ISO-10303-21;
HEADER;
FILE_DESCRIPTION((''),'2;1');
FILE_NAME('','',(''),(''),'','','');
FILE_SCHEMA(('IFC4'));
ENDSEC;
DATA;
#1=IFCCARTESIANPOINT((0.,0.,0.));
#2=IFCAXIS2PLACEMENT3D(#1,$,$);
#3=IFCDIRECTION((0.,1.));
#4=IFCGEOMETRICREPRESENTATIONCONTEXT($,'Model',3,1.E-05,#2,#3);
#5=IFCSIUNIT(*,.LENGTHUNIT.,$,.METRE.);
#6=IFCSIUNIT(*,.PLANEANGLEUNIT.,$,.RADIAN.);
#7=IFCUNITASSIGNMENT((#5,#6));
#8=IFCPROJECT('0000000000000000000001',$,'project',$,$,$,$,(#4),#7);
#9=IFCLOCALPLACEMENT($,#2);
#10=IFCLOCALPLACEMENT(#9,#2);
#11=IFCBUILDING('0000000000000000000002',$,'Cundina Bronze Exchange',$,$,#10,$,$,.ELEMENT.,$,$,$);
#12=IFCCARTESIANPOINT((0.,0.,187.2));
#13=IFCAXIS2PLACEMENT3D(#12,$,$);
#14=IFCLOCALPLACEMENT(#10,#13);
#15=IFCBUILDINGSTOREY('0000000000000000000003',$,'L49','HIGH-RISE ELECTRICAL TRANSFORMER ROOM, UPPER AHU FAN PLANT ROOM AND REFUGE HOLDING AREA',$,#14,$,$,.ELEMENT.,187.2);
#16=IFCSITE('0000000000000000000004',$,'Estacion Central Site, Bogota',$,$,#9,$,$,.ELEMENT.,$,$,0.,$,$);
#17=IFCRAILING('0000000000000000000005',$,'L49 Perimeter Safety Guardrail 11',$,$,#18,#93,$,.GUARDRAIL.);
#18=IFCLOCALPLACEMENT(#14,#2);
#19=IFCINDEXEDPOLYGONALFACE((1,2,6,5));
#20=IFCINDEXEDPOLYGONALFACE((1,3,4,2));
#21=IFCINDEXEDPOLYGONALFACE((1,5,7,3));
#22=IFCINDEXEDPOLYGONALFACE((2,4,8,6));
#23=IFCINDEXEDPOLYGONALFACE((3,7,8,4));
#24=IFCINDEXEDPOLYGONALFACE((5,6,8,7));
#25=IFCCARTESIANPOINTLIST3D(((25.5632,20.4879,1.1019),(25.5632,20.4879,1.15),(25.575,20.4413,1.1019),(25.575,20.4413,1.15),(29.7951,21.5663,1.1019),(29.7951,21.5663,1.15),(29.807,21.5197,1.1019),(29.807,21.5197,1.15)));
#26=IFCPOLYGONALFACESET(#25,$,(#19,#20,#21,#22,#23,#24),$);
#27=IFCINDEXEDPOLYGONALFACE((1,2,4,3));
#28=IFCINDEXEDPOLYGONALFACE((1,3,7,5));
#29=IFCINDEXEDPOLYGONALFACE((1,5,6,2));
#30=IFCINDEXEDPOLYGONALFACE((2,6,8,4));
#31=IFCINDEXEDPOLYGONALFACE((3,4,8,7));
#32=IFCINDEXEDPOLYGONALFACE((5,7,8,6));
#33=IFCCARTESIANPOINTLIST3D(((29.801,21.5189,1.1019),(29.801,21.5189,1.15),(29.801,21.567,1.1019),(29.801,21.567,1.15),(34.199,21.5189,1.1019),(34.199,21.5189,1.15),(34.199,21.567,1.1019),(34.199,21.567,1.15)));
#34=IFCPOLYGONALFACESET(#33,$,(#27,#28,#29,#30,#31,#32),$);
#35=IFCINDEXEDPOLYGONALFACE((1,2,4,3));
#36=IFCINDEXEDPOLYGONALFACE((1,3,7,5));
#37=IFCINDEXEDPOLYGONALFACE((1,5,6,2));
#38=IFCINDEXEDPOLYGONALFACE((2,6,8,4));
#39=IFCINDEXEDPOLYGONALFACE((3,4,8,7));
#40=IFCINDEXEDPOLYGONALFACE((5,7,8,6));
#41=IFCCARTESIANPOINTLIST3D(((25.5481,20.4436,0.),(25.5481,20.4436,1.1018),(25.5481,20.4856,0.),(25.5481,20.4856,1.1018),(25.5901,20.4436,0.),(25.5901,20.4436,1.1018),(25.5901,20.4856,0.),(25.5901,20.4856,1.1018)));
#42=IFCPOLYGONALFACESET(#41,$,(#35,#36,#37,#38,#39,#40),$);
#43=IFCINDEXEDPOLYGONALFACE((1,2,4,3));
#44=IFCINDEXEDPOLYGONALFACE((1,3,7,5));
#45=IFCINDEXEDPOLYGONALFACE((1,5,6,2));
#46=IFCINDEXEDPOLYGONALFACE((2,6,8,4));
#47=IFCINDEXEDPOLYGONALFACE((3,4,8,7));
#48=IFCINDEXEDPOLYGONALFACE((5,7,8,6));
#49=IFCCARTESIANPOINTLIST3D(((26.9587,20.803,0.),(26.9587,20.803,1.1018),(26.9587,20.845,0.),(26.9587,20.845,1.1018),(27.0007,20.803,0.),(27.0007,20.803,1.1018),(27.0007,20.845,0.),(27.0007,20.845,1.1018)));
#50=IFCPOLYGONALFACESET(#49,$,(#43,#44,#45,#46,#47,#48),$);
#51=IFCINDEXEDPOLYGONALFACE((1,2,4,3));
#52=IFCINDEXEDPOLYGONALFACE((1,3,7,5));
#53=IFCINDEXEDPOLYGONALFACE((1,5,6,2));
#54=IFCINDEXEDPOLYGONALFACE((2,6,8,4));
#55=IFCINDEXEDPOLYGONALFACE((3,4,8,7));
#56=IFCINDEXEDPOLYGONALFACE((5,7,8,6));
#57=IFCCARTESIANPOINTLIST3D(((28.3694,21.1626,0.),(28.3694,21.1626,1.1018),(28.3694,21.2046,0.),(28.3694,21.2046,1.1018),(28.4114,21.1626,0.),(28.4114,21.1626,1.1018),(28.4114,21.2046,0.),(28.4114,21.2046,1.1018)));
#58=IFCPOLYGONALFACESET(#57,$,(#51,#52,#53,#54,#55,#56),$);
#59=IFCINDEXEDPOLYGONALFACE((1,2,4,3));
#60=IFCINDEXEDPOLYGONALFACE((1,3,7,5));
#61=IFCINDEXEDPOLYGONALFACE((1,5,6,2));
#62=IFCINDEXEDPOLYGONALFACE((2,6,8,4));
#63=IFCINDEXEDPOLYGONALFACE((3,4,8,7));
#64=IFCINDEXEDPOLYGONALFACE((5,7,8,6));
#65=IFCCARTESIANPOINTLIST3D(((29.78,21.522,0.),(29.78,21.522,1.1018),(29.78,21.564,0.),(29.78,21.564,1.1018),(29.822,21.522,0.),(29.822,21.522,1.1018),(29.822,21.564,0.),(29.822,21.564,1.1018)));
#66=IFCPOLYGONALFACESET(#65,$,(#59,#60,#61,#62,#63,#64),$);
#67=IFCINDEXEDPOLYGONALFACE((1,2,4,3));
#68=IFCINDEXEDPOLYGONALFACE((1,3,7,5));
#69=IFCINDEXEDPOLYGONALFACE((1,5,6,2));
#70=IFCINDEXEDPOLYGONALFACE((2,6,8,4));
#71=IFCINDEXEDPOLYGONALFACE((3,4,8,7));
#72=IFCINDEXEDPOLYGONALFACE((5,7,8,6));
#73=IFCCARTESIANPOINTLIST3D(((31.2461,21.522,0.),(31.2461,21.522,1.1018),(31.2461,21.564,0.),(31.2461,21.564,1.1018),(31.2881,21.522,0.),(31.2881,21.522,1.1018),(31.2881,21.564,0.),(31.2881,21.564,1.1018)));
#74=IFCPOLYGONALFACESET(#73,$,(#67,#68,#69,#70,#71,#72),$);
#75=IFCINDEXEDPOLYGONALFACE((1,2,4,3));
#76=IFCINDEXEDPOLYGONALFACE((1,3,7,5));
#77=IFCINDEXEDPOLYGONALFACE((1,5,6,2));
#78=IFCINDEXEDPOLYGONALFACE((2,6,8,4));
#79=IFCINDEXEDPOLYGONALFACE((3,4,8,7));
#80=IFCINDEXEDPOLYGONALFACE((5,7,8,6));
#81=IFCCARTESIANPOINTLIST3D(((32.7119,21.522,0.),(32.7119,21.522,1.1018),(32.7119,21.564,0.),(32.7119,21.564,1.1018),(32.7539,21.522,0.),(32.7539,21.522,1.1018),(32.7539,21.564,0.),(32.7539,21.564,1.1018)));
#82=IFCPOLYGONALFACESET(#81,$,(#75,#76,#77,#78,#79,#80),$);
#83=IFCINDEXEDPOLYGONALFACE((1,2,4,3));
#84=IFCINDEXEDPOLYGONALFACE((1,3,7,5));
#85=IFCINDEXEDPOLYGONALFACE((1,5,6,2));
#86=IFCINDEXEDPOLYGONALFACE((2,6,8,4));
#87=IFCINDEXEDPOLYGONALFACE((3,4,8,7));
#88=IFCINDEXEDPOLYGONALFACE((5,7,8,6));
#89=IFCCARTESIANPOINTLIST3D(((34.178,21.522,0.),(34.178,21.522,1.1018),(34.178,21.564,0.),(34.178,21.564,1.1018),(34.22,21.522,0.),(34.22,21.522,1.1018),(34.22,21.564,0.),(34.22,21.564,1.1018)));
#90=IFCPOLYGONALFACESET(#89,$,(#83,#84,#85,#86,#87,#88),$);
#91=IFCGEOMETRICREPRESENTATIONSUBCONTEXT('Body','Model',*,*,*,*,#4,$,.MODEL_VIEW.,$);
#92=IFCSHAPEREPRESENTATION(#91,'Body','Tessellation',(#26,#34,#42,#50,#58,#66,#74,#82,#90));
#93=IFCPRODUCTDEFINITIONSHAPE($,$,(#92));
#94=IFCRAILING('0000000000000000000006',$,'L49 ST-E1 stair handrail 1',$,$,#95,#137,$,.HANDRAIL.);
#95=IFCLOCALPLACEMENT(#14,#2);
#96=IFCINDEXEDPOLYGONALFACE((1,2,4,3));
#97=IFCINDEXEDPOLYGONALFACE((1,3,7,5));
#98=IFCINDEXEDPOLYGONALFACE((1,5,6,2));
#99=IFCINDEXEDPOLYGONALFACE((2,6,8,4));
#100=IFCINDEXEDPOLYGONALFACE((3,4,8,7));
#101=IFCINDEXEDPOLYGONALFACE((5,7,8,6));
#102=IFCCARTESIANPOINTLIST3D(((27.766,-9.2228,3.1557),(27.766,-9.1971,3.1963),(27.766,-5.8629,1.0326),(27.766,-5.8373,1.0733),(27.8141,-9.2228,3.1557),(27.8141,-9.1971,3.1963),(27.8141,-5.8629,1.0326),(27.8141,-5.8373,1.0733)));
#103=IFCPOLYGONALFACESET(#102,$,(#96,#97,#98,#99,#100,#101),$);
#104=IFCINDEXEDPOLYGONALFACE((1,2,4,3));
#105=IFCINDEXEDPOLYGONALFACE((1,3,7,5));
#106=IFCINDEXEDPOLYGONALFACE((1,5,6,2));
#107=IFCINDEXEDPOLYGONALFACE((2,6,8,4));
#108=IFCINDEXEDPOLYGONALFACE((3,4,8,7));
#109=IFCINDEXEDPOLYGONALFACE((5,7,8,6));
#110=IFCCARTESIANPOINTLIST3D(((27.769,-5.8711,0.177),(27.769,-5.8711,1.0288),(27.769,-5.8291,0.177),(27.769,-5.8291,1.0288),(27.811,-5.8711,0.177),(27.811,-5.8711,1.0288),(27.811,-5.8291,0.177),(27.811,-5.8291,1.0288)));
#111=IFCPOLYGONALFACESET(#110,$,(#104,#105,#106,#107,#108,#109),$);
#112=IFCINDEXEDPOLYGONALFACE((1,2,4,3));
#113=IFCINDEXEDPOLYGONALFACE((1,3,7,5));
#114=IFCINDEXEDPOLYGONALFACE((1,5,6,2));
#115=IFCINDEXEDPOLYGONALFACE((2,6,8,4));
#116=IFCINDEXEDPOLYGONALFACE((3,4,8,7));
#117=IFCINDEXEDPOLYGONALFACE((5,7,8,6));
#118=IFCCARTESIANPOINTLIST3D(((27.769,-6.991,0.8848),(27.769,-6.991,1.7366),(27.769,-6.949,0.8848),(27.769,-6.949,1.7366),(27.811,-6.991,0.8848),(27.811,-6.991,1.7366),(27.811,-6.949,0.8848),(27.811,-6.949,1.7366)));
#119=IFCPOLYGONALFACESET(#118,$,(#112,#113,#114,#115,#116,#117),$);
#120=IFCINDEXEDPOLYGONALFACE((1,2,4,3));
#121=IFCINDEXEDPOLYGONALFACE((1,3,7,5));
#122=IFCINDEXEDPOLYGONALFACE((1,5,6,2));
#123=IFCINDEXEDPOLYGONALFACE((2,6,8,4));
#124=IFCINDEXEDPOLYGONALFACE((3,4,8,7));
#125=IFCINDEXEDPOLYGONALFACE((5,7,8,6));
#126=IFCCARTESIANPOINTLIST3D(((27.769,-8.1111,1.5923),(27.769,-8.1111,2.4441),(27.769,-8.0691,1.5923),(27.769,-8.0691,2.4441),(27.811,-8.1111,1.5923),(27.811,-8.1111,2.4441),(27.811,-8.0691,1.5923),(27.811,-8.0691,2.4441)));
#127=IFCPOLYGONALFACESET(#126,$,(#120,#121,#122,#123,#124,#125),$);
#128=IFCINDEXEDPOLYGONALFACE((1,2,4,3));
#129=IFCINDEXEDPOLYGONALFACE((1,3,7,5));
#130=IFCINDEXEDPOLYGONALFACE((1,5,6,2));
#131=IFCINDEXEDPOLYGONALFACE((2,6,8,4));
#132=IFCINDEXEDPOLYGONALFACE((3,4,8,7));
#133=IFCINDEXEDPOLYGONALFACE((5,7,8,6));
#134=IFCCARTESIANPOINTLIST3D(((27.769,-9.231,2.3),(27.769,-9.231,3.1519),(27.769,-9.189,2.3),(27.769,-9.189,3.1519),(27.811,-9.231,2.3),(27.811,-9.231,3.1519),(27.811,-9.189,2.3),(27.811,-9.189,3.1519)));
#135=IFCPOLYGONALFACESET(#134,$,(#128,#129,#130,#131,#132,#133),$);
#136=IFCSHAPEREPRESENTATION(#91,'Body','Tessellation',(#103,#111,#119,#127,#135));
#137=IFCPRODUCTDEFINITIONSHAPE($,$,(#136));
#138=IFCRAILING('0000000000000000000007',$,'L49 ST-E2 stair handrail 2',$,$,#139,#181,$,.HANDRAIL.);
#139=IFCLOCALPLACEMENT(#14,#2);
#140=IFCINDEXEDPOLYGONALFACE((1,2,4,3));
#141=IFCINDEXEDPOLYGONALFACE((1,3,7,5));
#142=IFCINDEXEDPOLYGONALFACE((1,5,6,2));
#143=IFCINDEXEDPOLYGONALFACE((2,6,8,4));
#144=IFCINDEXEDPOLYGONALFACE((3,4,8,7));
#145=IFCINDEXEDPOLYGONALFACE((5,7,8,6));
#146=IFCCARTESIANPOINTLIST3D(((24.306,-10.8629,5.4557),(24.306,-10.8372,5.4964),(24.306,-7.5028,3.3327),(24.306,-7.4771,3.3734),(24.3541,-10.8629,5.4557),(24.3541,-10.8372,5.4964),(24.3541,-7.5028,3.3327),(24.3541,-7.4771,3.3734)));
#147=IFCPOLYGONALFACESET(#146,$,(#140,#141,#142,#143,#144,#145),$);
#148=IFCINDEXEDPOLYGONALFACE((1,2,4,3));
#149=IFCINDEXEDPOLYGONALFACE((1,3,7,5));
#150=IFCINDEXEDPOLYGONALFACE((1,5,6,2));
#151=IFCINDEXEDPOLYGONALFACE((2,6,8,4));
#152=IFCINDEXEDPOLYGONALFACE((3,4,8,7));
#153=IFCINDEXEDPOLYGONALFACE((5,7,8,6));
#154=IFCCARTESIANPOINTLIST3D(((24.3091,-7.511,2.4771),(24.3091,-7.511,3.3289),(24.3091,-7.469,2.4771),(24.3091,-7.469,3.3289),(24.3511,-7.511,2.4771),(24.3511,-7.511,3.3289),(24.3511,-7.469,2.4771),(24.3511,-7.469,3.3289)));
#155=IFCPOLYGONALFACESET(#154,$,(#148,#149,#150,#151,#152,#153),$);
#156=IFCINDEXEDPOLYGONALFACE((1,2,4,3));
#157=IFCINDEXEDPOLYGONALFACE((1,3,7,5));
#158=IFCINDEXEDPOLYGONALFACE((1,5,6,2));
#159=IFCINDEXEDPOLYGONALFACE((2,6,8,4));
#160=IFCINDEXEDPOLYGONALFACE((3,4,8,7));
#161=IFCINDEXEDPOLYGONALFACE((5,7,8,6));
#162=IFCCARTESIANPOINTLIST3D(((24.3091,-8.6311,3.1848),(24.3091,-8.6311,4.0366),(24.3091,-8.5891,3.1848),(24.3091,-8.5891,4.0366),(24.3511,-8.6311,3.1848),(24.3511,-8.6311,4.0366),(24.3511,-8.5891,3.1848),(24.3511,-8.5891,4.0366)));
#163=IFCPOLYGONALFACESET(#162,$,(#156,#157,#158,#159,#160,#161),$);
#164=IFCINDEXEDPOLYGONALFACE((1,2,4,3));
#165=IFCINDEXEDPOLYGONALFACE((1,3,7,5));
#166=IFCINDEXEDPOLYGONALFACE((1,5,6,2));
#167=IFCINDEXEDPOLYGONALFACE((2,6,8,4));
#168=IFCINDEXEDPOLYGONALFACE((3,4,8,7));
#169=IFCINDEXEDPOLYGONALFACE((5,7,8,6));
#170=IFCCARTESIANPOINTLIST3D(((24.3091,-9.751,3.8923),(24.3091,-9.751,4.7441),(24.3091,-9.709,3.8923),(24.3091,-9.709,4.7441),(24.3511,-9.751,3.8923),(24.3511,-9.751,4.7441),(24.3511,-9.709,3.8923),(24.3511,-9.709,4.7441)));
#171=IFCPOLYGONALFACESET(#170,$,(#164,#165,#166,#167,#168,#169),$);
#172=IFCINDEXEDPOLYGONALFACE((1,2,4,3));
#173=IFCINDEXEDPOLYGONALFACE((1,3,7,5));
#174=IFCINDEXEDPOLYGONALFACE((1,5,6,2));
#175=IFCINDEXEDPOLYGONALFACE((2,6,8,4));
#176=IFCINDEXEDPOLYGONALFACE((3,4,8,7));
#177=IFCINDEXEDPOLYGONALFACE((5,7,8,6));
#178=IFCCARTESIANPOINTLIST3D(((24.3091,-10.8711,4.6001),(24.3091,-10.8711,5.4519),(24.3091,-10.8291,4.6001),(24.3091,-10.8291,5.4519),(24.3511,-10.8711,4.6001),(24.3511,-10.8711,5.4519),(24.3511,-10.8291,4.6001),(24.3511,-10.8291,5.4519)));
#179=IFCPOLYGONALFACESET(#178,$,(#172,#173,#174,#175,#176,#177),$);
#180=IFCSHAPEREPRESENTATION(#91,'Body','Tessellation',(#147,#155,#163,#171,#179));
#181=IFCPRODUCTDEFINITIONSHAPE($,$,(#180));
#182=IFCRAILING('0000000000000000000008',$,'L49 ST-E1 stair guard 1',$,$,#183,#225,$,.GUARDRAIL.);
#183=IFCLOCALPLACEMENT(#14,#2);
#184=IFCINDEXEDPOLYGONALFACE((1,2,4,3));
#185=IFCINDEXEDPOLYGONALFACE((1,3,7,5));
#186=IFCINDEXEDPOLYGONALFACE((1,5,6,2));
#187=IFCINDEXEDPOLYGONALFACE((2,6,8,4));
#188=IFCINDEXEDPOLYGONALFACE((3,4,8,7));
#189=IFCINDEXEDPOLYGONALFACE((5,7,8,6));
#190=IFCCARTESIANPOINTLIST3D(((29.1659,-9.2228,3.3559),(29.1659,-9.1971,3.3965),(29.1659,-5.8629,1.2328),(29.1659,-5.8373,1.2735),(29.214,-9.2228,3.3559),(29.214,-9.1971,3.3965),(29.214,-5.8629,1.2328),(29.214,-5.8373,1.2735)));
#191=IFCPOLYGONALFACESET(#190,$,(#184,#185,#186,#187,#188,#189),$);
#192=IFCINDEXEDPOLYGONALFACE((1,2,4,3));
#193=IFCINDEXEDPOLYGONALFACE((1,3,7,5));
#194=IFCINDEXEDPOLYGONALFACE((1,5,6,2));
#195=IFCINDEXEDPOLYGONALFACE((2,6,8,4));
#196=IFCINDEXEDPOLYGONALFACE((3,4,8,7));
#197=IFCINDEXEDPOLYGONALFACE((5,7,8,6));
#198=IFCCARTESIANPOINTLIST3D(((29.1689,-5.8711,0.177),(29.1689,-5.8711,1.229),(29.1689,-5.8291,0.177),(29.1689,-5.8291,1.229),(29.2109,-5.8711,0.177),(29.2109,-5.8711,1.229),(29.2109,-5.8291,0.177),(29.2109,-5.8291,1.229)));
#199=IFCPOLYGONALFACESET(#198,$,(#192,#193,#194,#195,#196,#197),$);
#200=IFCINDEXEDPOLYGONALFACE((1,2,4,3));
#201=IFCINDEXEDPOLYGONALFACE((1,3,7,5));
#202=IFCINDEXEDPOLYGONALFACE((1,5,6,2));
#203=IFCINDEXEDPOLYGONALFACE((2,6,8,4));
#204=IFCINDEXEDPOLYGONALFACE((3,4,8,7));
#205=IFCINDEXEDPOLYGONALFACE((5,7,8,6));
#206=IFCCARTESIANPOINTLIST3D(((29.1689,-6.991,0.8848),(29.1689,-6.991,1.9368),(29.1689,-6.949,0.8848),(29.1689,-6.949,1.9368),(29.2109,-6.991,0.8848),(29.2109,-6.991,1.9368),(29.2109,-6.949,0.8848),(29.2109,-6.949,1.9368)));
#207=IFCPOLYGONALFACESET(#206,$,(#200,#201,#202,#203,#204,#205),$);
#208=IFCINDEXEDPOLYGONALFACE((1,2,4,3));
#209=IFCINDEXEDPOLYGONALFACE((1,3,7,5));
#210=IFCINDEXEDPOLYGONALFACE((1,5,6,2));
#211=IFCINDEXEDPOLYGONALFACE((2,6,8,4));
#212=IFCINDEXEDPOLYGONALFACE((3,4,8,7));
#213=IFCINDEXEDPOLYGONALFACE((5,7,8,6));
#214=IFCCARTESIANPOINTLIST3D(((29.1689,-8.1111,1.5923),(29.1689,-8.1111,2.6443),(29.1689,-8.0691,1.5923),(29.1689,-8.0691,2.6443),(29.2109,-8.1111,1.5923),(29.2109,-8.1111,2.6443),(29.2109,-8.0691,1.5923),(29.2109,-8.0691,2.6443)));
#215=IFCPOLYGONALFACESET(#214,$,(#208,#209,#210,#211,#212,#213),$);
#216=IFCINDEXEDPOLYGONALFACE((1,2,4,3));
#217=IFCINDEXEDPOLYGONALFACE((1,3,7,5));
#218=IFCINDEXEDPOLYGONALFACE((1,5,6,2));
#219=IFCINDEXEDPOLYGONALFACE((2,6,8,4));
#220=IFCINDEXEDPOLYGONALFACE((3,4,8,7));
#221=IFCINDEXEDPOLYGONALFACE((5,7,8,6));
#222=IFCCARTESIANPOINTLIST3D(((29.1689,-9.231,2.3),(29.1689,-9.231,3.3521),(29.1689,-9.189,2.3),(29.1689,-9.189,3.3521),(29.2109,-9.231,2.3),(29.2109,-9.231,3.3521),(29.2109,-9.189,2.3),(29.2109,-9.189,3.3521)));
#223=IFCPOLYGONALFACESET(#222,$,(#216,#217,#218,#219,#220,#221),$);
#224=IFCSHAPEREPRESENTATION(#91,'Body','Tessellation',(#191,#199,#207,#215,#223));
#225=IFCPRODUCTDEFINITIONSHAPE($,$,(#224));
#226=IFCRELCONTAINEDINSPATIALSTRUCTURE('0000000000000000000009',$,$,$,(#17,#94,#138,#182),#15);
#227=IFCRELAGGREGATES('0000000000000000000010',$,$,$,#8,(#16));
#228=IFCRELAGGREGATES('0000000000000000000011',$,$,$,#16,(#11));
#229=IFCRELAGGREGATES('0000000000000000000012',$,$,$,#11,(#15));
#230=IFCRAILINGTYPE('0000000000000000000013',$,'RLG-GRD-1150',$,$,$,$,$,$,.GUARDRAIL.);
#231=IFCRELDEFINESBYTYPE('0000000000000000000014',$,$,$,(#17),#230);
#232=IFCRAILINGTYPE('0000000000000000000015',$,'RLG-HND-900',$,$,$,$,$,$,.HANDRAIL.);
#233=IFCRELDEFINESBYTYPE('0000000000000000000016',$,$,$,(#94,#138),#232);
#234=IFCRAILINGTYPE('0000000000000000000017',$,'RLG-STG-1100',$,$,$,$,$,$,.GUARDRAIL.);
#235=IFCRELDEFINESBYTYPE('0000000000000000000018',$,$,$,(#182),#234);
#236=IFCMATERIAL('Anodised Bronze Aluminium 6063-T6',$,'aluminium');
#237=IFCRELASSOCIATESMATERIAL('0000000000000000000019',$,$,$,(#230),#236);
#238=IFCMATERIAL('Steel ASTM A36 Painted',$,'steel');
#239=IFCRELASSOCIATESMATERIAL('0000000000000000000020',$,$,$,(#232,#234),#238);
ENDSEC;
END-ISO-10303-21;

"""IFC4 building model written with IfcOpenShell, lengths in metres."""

from ifc_helpers import new_model, si_unit, direction, frame, origin, origin_2d, place, context, subcontext, project, spatial, rectangle, extrude, material, type_object, element, save


model = new_model("IFC4")

# Units and contexts
model_context = context("Model", 3, precision=1e-05, world=origin(), true_north=direction((0.0, 1.0)))
body_context = subcontext(model_context, "Body", "Model", "MODEL_VIEW")
ifc_project = project(units=[si_unit("LENGTHUNIT", "METRE"), si_unit("PLANEANGLEUNIT", "RADIAN")], contexts=[model_context])

# Site, building, storey
site_placement = place(None, origin())
site = spatial("IfcSite", under=ifc_project, at=site_placement, Name="Estacion Central Site, Bogota", CompositionType="ELEMENT", RefElevation=0.0)
building_placement = place(site_placement, origin())
building = spatial("IfcBuilding", under=site, at=building_placement, Name="Cundina Bronze Exchange", CompositionType="ELEMENT")
storey_placement = place(building_placement, frame((0.0, 0.0, 187.2)))
storey = spatial("IfcBuildingStorey", under=building, at=storey_placement, Name="L49", Description="HIGH-RISE ELECTRICAL TRANSFORMER ROOM, UPPER AHU FAN PLANT ROOM AND REFUGE HOLDING AREA", CompositionType="ELEMENT", Elevation=187.2)

# Shared definitions
ifc_material_1 = material(Name="Steel ASTM A36 Painted", Category="steel")

# Railings
ifc_material_2 = material(Name="Anodised Bronze Aluminium 6063-T6", Category="aluminium")
railing_type_1 = type_object("IfcRailingType", Name="RLG-GRD-1150", PredefinedType="GUARDRAIL", material=ifc_material_2)
railing_1_placement = place(storey_placement, frame((25.5691, 20.4646, 0.0)))
element("IfcRailing", 1, at=railing_1_placement, inside=storey, type_object=railing_type_1, Name="L49 Perimeter Safety Guardrail 11", PredefinedType="GUARDRAIL", context=body_context, shape_type="SweptSolid", body=[
    extrude(rectangle(XDim=0.0481, YDim=0.0481, at=origin_2d()), frame((0.0, 0.0, 1.126), z_axis=(0.969034, 0.246927, 0.0), x_axis=(-0.246927, 0.969034, 0.0)), (0.0, 0.0, 1.0), 4.3672),
    extrude(rectangle(XDim=0.0481, YDim=0.0481, at=origin_2d()), frame((4.2319, 1.0784, 1.126), z_axis=(1.0, 0.0, 0.0), x_axis=(0.0, 1.0, 0.0)), (0.0, 0.0, 1.0), 4.3979),
    extrude(rectangle(XDim=0.042, YDim=0.042, at=origin_2d()), origin(), (0.0, 0.0, 1.0), 1.1018),
    extrude(rectangle(XDim=0.042, YDim=0.042, at=origin_2d()), frame((1.4106, 0.3594, 0.0)), (0.0, 0.0, 1.0), 1.1018),
    extrude(rectangle(XDim=0.042, YDim=0.042, at=origin_2d()), frame((2.8213, 0.719, 0.0)), (0.0, 0.0, 1.0), 1.1018),
    extrude(rectangle(XDim=0.042, YDim=0.042, at=origin_2d()), frame((4.2319, 1.0784, 0.0)), (0.0, 0.0, 1.0), 1.1018),
    extrude(rectangle(XDim=0.042, YDim=0.042, at=origin_2d()), frame((5.698, 1.0784, 0.0)), (0.0, 0.0, 1.0), 1.1018),
    extrude(rectangle(XDim=0.042, YDim=0.042, at=origin_2d()), frame((7.1638, 1.0784, 0.0)), (0.0, 0.0, 1.0), 1.1018),
    extrude(rectangle(XDim=0.042, YDim=0.042, at=origin_2d()), frame((8.6299, 1.0784, 0.0)), (0.0, 0.0, 1.0), 1.1018),
])
railing_type_2 = type_object("IfcRailingType", Name="RLG-HND-900", PredefinedType="HANDRAIL", material=ifc_material_1)
railing_2_placement = place(storey_placement, frame((27.79, -5.8501, 0.177)))
element("IfcRailing", 2, at=railing_2_placement, inside=storey, type_object=railing_type_2, Name="L49 ST-E1 stair handrail 1", PredefinedType="HANDRAIL", context=body_context, shape_type="SweptSolid", body=[
    extrude(rectangle(XDim=0.0481, YDim=0.0481, at=origin_2d()), frame((0.0, 0.0, 0.876), z_axis=(0.0, -0.845372, 0.534178), x_axis=(1.0, 0.0, 0.0)), (0.0, 0.0, 1.0), 3.9744),
    extrude(rectangle(XDim=0.042, YDim=0.042, at=origin_2d()), origin(), (0.0, 0.0, 1.0), 0.8518),
    extrude(rectangle(XDim=0.042, YDim=0.042, at=origin_2d()), frame((0.0, -1.1199, 0.7078)), (0.0, 0.0, 1.0), 0.8518),
    extrude(rectangle(XDim=0.042, YDim=0.042, at=origin_2d()), frame((0.0, -2.24, 1.4153)), (0.0, 0.0, 1.0), 0.8518),
    extrude(rectangle(XDim=0.042, YDim=0.042, at=origin_2d()), frame((0.0, -3.3599, 2.123)), (0.0, 0.0, 1.0), 0.8518),
])
railing_3_placement = place(storey_placement, frame((24.3301, -7.49, 2.4771)))
element("IfcRailing", 3, at=railing_3_placement, inside=storey, type_object=railing_type_2, Name="L49 ST-E2 stair handrail 2", PredefinedType="HANDRAIL", context=body_context, shape_type="SweptSolid", body=[
    extrude(rectangle(XDim=0.0481, YDim=0.0481, at=origin_2d()), frame((0.0, 0.0, 0.876), z_axis=(0.0, -0.84539, 0.53415), x_axis=(1.0, 0.0, 0.0)), (0.0, 0.0, 1.0), 3.9746),
    extrude(rectangle(XDim=0.042, YDim=0.042, at=origin_2d()), origin(), (0.0, 0.0, 1.0), 0.8518),
    extrude(rectangle(XDim=0.042, YDim=0.042, at=origin_2d()), frame((0.0, -1.1201, 0.7078)), (0.0, 0.0, 1.0), 0.8518),
    extrude(rectangle(XDim=0.042, YDim=0.042, at=origin_2d()), frame((0.0, -2.24, 1.4153)), (0.0, 0.0, 1.0), 0.8518),
    extrude(rectangle(XDim=0.042, YDim=0.042, at=origin_2d()), frame((0.0, -3.3601, 2.123)), (0.0, 0.0, 1.0), 0.8518),
])
railing_type_3 = type_object("IfcRailingType", Name="RLG-STG-1100", PredefinedType="GUARDRAIL", material=ifc_material_1)
railing_4_placement = place(storey_placement, frame((29.1899, -5.8501, 0.177)))
element("IfcRailing", 4, at=railing_4_placement, inside=storey, type_object=railing_type_3, Name="L49 ST-E1 stair guard 1", PredefinedType="GUARDRAIL", context=body_context, shape_type="SweptSolid", body=[
    extrude(rectangle(XDim=0.0481, YDim=0.0481, at=origin_2d()), frame((0.0, 0.0, 1.0762), z_axis=(0.0, -0.845372, 0.534178), x_axis=(1.0, 0.0, 0.0)), (0.0, 0.0, 1.0), 3.9744),
    extrude(rectangle(XDim=0.042, YDim=0.042, at=origin_2d()), origin(), (0.0, 0.0, 1.0), 1.052),
    extrude(rectangle(XDim=0.042, YDim=0.042, at=origin_2d()), frame((0.0, -1.1199, 0.7078)), (0.0, 0.0, 1.0), 1.052),
    extrude(rectangle(XDim=0.042, YDim=0.042, at=origin_2d()), frame((0.0, -2.24, 1.4153)), (0.0, 0.0, 1.0), 1.052),
    extrude(rectangle(XDim=0.042, YDim=0.042, at=origin_2d()), frame((0.0, -3.3599, 2.123)), (0.0, 0.0, 1.0), 1.052),
])

save(model, "model.ifc")
